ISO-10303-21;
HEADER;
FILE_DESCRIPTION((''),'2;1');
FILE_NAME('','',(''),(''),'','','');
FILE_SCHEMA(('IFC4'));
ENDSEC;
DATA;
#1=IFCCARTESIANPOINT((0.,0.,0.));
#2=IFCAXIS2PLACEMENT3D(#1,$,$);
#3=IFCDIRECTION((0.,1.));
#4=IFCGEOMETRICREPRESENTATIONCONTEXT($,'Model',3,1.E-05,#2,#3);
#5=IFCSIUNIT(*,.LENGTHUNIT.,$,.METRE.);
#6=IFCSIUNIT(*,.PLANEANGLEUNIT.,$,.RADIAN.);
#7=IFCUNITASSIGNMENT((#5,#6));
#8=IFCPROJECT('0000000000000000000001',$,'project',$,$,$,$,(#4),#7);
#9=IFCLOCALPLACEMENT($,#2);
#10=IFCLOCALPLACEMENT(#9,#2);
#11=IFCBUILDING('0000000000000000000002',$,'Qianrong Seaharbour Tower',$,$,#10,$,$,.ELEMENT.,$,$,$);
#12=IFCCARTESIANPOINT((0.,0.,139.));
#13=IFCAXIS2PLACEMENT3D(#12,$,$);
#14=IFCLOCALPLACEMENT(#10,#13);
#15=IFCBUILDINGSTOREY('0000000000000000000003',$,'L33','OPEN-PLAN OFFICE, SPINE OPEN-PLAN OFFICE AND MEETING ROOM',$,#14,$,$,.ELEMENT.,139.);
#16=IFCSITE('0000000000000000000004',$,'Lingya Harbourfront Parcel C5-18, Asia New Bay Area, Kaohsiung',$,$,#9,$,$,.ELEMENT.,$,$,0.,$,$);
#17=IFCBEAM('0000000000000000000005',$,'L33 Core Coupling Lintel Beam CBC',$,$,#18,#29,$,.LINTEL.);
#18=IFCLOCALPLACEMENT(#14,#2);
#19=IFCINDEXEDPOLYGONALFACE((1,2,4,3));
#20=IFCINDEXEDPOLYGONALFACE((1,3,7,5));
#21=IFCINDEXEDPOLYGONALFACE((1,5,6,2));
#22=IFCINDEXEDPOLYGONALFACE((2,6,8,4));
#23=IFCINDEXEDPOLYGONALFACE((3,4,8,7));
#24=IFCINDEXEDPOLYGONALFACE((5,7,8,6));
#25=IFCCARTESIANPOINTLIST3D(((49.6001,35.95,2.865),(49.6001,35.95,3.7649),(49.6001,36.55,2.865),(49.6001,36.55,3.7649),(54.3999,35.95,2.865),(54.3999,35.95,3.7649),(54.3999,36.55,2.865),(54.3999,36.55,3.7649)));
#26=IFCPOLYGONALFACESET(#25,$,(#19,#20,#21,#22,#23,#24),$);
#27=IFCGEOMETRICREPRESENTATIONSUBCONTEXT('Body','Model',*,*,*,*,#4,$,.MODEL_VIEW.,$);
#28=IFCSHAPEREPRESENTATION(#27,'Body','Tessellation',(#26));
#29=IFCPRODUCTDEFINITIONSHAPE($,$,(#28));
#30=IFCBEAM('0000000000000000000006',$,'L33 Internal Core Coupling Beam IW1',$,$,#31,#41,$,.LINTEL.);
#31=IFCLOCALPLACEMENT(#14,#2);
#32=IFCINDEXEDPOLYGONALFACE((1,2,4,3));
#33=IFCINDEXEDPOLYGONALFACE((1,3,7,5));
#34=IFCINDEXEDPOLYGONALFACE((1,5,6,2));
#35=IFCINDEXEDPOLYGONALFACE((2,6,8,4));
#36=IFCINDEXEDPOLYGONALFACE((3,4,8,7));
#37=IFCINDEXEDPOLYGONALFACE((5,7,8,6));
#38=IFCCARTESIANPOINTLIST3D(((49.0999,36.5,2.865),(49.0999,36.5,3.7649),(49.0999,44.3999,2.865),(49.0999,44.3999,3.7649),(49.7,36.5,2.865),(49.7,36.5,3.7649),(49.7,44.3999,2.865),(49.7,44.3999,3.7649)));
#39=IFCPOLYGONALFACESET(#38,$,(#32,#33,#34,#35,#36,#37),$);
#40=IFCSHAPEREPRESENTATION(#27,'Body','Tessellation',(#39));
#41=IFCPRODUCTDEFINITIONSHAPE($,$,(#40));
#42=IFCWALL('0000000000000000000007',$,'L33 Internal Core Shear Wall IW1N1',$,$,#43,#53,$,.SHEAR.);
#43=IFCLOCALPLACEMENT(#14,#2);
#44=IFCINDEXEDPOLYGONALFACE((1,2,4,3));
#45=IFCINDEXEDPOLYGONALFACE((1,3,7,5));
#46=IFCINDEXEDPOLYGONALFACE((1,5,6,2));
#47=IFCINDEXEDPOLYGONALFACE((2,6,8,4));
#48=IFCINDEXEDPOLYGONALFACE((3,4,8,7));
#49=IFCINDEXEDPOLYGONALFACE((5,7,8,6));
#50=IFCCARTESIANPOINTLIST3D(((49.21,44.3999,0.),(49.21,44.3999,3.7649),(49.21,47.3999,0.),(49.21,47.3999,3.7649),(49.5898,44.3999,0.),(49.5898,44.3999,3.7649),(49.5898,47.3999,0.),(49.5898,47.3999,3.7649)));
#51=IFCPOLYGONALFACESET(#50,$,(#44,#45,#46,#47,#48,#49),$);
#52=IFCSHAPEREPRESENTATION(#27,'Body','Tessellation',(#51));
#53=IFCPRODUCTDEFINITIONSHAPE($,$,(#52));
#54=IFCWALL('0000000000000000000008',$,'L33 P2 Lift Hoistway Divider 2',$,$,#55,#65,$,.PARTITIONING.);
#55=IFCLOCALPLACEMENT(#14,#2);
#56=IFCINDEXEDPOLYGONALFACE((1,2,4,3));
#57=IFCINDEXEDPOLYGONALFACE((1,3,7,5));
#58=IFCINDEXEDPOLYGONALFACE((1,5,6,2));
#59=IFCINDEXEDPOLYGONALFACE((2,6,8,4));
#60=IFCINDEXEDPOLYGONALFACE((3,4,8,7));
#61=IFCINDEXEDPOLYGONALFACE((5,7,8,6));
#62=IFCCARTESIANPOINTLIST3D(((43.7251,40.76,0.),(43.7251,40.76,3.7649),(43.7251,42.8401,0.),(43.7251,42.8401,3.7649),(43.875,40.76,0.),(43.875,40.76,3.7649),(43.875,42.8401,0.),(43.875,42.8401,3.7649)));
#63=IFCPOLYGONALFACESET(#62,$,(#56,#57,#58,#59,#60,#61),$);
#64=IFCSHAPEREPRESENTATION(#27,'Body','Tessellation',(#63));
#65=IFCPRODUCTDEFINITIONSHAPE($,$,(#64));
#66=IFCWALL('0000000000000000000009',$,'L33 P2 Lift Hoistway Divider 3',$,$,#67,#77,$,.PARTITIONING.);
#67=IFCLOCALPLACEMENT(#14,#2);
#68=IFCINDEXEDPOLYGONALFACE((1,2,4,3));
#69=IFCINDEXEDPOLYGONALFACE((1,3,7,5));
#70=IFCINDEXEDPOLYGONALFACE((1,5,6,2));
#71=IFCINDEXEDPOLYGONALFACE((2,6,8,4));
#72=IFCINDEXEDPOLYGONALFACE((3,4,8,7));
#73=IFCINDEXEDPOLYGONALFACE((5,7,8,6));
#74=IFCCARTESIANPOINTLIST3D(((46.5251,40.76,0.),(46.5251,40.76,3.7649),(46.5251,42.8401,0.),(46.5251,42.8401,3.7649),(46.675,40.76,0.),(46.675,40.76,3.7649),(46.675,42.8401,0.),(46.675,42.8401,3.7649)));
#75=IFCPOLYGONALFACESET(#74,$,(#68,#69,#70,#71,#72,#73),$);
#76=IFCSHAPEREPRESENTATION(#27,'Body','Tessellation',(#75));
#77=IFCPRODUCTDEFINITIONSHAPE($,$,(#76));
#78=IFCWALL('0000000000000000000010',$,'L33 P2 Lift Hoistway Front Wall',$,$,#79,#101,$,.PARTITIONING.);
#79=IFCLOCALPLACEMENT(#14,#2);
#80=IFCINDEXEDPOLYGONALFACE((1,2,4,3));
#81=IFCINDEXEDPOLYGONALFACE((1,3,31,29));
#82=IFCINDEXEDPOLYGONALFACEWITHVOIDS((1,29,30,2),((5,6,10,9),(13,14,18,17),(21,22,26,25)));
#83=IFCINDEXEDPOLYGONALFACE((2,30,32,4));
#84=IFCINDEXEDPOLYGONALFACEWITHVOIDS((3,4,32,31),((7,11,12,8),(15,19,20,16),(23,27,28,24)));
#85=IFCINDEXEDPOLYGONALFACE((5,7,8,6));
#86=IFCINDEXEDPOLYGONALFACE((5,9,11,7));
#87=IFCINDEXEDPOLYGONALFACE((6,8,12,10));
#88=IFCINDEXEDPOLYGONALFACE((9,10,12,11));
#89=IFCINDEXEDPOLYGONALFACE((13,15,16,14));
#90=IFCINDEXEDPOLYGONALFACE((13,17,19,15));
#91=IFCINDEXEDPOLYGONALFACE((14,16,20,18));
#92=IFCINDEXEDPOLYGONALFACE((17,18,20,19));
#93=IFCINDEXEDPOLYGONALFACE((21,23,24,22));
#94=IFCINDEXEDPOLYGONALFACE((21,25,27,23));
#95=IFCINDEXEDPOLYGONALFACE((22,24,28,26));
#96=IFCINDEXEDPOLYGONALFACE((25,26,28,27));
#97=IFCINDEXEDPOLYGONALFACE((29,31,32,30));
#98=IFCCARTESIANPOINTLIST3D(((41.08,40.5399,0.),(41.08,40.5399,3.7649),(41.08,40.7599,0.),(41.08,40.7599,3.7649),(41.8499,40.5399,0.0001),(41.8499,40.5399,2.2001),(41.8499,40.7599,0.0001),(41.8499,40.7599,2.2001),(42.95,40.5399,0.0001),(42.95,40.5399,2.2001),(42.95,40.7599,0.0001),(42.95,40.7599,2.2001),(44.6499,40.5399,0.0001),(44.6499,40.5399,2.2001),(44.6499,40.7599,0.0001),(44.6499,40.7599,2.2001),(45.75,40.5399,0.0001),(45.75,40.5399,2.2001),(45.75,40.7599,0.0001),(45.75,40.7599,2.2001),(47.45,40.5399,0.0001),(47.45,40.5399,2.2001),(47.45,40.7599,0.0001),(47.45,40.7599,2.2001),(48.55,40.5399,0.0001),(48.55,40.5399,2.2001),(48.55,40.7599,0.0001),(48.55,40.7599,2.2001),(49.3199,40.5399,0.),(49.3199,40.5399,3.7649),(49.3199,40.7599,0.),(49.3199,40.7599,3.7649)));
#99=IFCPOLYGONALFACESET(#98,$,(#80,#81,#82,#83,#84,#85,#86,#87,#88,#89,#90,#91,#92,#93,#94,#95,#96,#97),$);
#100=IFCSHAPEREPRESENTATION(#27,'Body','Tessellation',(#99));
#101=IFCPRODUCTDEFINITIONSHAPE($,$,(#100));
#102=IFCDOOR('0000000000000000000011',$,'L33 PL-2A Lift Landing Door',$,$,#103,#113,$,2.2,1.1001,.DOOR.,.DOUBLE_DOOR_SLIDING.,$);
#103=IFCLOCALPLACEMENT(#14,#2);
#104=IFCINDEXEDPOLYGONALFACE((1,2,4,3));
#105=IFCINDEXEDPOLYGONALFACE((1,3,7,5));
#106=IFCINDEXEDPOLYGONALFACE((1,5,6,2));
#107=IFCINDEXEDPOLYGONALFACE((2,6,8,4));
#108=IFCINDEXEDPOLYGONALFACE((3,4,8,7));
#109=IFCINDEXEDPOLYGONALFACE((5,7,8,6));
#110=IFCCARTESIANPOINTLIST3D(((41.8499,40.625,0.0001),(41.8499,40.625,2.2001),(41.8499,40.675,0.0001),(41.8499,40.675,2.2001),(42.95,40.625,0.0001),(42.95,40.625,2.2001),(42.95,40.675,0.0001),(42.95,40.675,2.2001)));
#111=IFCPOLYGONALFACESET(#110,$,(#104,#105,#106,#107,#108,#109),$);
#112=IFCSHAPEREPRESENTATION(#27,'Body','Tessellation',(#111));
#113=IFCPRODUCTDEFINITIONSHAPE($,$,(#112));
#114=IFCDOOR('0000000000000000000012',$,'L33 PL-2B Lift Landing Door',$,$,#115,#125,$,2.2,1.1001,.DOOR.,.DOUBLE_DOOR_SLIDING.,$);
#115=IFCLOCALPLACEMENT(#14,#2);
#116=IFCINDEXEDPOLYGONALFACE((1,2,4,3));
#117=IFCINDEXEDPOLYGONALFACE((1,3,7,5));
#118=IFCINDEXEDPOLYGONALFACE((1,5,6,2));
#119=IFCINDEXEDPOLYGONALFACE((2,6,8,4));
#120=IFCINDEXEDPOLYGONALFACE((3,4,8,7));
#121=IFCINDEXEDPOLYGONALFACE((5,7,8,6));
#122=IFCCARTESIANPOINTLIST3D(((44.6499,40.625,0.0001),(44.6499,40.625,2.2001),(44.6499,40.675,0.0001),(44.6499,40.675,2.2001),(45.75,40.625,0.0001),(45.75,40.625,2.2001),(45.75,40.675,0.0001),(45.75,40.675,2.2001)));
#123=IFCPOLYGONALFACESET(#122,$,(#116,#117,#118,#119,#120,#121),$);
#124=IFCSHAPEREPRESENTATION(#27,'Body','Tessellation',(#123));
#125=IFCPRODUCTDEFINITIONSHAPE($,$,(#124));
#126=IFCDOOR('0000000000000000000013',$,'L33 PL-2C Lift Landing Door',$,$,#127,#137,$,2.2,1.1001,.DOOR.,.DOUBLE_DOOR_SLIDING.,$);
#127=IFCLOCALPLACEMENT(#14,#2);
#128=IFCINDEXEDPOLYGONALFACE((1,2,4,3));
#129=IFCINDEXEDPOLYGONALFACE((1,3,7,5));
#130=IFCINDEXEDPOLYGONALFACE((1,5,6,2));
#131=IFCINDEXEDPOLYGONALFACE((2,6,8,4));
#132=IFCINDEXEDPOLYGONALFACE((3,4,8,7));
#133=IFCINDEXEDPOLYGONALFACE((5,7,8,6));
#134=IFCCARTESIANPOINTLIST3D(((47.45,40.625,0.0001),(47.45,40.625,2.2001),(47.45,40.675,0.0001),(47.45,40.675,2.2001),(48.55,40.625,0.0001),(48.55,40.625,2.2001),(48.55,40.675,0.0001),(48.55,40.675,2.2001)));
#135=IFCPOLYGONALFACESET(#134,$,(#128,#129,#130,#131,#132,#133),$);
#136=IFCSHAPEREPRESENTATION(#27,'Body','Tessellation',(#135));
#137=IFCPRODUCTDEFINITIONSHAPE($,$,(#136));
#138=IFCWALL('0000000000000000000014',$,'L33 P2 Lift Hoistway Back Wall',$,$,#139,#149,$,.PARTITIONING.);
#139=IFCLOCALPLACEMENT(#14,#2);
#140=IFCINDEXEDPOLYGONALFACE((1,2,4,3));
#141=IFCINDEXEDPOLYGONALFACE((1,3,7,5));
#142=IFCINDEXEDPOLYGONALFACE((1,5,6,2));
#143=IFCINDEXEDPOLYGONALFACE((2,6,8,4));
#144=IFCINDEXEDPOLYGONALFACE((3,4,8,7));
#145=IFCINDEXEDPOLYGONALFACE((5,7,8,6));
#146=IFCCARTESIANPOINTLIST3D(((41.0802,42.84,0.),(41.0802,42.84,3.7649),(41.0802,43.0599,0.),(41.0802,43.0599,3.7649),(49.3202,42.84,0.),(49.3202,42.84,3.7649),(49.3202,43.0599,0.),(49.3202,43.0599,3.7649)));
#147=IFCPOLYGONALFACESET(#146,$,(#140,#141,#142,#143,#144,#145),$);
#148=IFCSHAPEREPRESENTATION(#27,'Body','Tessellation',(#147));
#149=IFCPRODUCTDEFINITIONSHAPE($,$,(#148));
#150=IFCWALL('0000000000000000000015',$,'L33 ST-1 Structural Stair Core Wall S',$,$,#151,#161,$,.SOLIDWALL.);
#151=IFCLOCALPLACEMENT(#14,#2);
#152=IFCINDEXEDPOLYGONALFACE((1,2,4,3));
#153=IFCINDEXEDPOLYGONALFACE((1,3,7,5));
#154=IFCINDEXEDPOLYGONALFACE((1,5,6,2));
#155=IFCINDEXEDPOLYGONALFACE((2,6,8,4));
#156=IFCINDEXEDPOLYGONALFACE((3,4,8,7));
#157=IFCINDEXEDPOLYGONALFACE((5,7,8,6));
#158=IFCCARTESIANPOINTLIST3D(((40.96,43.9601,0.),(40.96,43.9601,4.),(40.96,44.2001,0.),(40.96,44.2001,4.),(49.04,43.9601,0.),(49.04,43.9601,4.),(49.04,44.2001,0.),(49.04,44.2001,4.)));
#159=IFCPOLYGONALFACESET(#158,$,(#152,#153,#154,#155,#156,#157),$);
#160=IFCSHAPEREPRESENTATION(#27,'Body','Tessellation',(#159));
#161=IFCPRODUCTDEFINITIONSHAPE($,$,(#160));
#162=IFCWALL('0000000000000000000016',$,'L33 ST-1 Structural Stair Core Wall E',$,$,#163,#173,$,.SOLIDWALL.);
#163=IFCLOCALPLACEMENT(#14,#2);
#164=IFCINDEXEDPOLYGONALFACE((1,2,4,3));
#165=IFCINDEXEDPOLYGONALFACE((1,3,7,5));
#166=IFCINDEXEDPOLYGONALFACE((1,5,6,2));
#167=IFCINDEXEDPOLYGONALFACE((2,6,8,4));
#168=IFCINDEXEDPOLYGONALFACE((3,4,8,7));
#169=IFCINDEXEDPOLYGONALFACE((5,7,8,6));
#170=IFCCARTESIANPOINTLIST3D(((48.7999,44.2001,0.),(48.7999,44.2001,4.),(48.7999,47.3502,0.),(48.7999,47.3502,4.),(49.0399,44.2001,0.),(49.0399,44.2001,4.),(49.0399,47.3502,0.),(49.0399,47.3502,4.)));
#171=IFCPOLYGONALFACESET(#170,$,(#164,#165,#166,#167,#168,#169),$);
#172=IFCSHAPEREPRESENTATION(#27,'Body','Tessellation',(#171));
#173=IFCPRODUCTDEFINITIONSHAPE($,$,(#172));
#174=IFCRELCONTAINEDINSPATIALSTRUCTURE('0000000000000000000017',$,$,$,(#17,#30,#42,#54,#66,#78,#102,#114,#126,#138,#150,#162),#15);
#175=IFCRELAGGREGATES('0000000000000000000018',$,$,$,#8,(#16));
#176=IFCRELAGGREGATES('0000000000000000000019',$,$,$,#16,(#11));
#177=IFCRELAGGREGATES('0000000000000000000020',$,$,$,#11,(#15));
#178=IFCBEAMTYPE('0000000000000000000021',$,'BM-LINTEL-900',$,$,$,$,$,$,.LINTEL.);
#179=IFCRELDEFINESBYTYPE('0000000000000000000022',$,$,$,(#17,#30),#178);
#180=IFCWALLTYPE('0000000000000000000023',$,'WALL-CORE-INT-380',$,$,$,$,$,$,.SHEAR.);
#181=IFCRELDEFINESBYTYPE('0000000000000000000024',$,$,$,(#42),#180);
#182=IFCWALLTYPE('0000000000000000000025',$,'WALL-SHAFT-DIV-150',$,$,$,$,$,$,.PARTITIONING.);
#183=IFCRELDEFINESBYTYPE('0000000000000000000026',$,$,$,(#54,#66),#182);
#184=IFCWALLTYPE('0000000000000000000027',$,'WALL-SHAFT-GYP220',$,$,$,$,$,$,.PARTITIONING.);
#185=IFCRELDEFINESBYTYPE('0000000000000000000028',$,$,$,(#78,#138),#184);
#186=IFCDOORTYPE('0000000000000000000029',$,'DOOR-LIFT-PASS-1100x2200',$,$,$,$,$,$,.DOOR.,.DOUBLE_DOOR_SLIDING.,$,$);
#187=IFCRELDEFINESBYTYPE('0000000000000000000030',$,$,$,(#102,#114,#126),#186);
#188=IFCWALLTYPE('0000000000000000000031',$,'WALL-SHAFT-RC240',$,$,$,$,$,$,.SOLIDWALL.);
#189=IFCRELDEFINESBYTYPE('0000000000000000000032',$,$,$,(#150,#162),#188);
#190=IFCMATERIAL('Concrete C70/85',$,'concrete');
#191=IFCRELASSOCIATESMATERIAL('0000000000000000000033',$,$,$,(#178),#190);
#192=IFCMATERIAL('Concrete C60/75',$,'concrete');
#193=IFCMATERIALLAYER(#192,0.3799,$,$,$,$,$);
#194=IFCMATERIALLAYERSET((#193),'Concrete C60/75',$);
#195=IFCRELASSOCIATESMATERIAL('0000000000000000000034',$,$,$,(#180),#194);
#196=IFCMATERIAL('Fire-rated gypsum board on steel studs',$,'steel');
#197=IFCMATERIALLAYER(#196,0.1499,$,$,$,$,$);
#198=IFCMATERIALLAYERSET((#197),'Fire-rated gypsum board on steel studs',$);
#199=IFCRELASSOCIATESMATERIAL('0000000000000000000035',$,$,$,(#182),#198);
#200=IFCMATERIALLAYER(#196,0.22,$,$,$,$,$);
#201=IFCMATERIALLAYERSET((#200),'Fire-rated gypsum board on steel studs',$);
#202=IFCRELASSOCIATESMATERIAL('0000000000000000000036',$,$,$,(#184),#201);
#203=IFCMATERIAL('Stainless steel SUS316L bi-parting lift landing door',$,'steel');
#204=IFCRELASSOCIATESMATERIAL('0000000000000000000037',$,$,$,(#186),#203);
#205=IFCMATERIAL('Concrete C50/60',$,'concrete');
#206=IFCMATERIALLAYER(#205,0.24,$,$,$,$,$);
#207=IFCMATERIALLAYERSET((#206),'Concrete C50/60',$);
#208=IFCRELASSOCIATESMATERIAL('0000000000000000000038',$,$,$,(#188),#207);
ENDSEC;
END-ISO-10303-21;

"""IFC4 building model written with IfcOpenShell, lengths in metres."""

from ifc_helpers import new_model, si_unit, direction, frame, frame_2d, origin, origin_2d, place, context, subcontext, project, spatial, rectangle, extrude, material, layer, layer_set, material_profile, profile_set, type_object, element, fill, save


model = new_model("IFC4")

# Units and contexts
model_context = context("Model", 3, precision=1e-05, world=origin(), true_north=direction((0.0, 1.0)))
body_context = subcontext(model_context, "Body", "Model", "MODEL_VIEW")
ifc_project = project(units=[si_unit("LENGTHUNIT", "METRE"), si_unit("PLANEANGLEUNIT", "RADIAN")], contexts=[model_context])

# Site, building, storey
site_placement = place(None, origin())
site = spatial("IfcSite", under=ifc_project, at=site_placement, Name="Lingya Harbourfront Parcel C5-18, Asia New Bay Area, Kaohsiung", CompositionType="ELEMENT", RefElevation=0.0)
building_placement = place(site_placement, origin())
building = spatial("IfcBuilding", under=site, at=building_placement, Name="Qianrong Seaharbour Tower", CompositionType="ELEMENT")
storey_placement = place(building_placement, frame((0.0, 0.0, 139.0)))
storey = spatial("IfcBuildingStorey", under=building, at=storey_placement, Name="L33", Description="OPEN-PLAN OFFICE, SPINE OPEN-PLAN OFFICE AND MEETING ROOM", CompositionType="ELEMENT", Elevation=139.0)

# Beams
ifc_material_1 = material(Name="Concrete C70/85", Category="concrete")
ifc_material_profile = material_profile(ifc_material_1, rectangle(XDim=0.6001, YDim=0.8999, at=origin_2d()), Name="RC600x900")
ifc_profile_set = profile_set([ifc_material_profile], Name="Concrete C70/85")
beam_type = type_object("IfcBeamType", Name="BM-LINTEL-900", PredefinedType="LINTEL", material=ifc_profile_set)
beam_1_placement = place(storey_placement, frame((49.6001, 36.25, 3.3149), z_axis=(1.0, 0.0, 0.0), x_axis=(0.0, 1.0, 0.0)))
element("IfcBeam", 1, at=beam_1_placement, inside=storey, type_object=beam_type, Name="L33 Core Coupling Lintel Beam CBC", PredefinedType="LINTEL", context=body_context, shape_type="SweptSolid", body=[
    extrude(rectangle(XDim=0.6001, YDim=0.8999, at=origin_2d()), origin(), (0.0, 0.0, 1.0), 4.7998),
])
beam_2_placement = place(storey_placement, frame((49.3999, 36.5, 3.3149), z_axis=(0.0, 1.0, 0.0), x_axis=(-1.0, 0.0, 0.0)))
element("IfcBeam", 2, at=beam_2_placement, inside=storey, type_object=beam_type, Name="L33 Internal Core Coupling Beam IW1", PredefinedType="LINTEL", context=body_context, shape_type="SweptSolid", body=[
    extrude(rectangle(XDim=0.6001, YDim=0.8999, at=origin_2d()), origin(), (0.0, 0.0, 1.0), 7.8999),
])

# Walls
ifc_material_2 = material(Name="Concrete C60/75", Category="concrete")
ifc_layer_1 = layer(ifc_material_2, 0.3799)
ifc_layer_set_1 = layer_set([ifc_layer_1], Name="Concrete C60/75")
wall_type_1 = type_object("IfcWallType", Name="WALL-CORE-INT-380", PredefinedType="SHEAR", material=ifc_layer_set_1)
wall_1_placement = place(storey_placement, frame((49.3999, 44.3999, 0.0), z_axis=(0.0, 0.0, 1.0), x_axis=(0.0, 1.0, 0.0)))
element("IfcWall", 3, at=wall_1_placement, inside=storey, type_object=wall_type_1, Name="L33 Internal Core Shear Wall IW1N1", PredefinedType="SHEAR", context=body_context, shape_type="SweptSolid", body=[
    extrude(rectangle(XDim=3.0, YDim=0.3799, at=frame_2d((1.5, 0.0))), origin(), (0.0, 0.0, 1.0), 3.7649),
])
ifc_material_3 = material(Name="Fire-rated gypsum board on steel studs", Category="steel")
ifc_layer_2 = layer(ifc_material_3, 0.1499)
ifc_layer_set_2 = layer_set([ifc_layer_2], Name="Fire-rated gypsum board on steel studs")
wall_type_2 = type_object("IfcWallType", Name="WALL-SHAFT-DIV-150", PredefinedType="PARTITIONING", material=ifc_layer_set_2)
for number, where, z_axis, x_axis, name in (
    (4, (43.8, 40.76, 0.0), (0.0, 0.0, 1.0), (0.0, 1.0, 0.0), "L33 P2 Lift Hoistway Divider 2"),
    (5, (46.6001, 40.76, 0.0), (0.0, 0.0, 1.0), (0.0, 1.0, 0.0), "L33 P2 Lift Hoistway Divider 3"),
):
    element("IfcWall", number, at=place(storey_placement, frame(where, z_axis=z_axis, x_axis=x_axis)), inside=storey, type_object=wall_type_2, Name=name, PredefinedType="PARTITIONING", context=body_context, shape_type="SweptSolid", body=[
        extrude(rectangle(XDim=2.0801, YDim=0.1499, at=frame_2d((1.04, 0.0))), origin(), (0.0, 0.0, 1.0), 3.7649),
    ])

# Wall, openings, doors
ifc_layer_3 = layer(ifc_material_3, 0.22)
ifc_layer_set_3 = layer_set([ifc_layer_3], Name="Fire-rated gypsum board on steel studs")
wall_type_3 = type_object("IfcWallType", Name="WALL-SHAFT-GYP220", PredefinedType="PARTITIONING", material=ifc_layer_set_3)
wall_2_placement = place(storey_placement, frame((49.3201, 40.6499, 0.0), z_axis=(0.0, 0.0, 1.0), x_axis=(-1.0, 0.0, 0.0)))
wall_2 = element("IfcWall", 6, at=wall_2_placement, inside=storey, type_object=wall_type_3, Name="L33 P2 Lift Hoistway Front Wall", PredefinedType="PARTITIONING", context=body_context, shape_type="SweptSolid", body=[
    extrude(rectangle(XDim=8.24, YDim=0.22, at=frame_2d((4.1201, 0.0))), origin(), (0.0, 0.0, 1.0), 3.7649),
])
opening_1_placement = place(wall_2_placement, frame((6.3701, 0.0, 0.0)))
opening_1 = element("IfcOpeningElement", 7, at=opening_1_placement, cuts=wall_2, PredefinedType="OPENING", context=body_context, shape_type="SweptSolid", body=[
    extrude(rectangle(XDim=1.1001, YDim=2.2, at=frame_2d((0.55, 1.1001))), frame((0.0, 0.1201, 0.0), z_axis=(0.0, -1.0, 0.0), x_axis=(1.0, 0.0, 0.0)), (0.0, 0.0, 1.0), 0.24),
])
opening_2_placement = place(wall_2_placement, frame((3.5701, 0.0, 0.0)))
opening_2 = element("IfcOpeningElement", 8, at=opening_2_placement, cuts=wall_2, PredefinedType="OPENING", context=body_context, shape_type="SweptSolid", body=[
    extrude(rectangle(XDim=1.1001, YDim=2.2, at=frame_2d((0.55, 1.1001))), frame((0.0, 0.1201, 0.0), z_axis=(0.0, -1.0, 0.0), x_axis=(1.0, 0.0, 0.0)), (0.0, 0.0, 1.0), 0.24),
])
opening_3_placement = place(wall_2_placement, frame((0.77, 0.0, 0.0)))
opening_3 = element("IfcOpeningElement", 9, at=opening_3_placement, cuts=wall_2, PredefinedType="OPENING", context=body_context, shape_type="SweptSolid", body=[
    extrude(rectangle(XDim=1.1001, YDim=2.2, at=frame_2d((0.55, 1.1001))), frame((0.0, 0.1201, 0.0), z_axis=(0.0, -1.0, 0.0), x_axis=(1.0, 0.0, 0.0)), (0.0, 0.0, 1.0), 0.24),
])
ifc_material_4 = material(Name="Stainless steel SUS316L bi-parting lift landing door", Category="steel")
door_type = type_object("IfcDoorType", Name="DOOR-LIFT-PASS-1100x2200", OperationType="DOUBLE_DOOR_SLIDING", PredefinedType="DOOR", material=ifc_material_4)
door_1_placement = place(opening_1_placement, origin())
door_1 = element("IfcDoor", 10, at=door_1_placement, inside=storey, type_object=door_type, Name="L33 PL-2A Lift Landing Door", OperationType="DOUBLE_DOOR_SLIDING", OverallHeight=2.2, OverallWidth=1.1001, PredefinedType="DOOR", context=body_context, shape_type="SweptSolid", body=[
    extrude(rectangle(XDim=1.1001, YDim=2.2, at=frame_2d((0.55, 1.1001))), frame((0.0, 0.0249, 0.0), z_axis=(0.0, -1.0, 0.0), x_axis=(1.0, 0.0, 0.0)), (0.0, 0.0, 1.0), 0.05),
])
fill(opening_1, door_1)
door_2_placement = place(opening_2_placement, origin())
door_2 = element("IfcDoor", 11, at=door_2_placement, inside=storey, type_object=door_type, Name="L33 PL-2B Lift Landing Door", OperationType="DOUBLE_DOOR_SLIDING", OverallHeight=2.2, OverallWidth=1.1001, PredefinedType="DOOR", context=body_context, shape_type="SweptSolid", body=[
    extrude(rectangle(XDim=1.1001, YDim=2.2, at=frame_2d((0.55, 1.1001))), frame((0.0, 0.0249, 0.0), z_axis=(0.0, -1.0, 0.0), x_axis=(1.0, 0.0, 0.0)), (0.0, 0.0, 1.0), 0.05),
])
fill(opening_2, door_2)
door_3_placement = place(opening_3_placement, origin())
door_3 = element("IfcDoor", 12, at=door_3_placement, inside=storey, type_object=door_type, Name="L33 PL-2C Lift Landing Door", OperationType="DOUBLE_DOOR_SLIDING", OverallHeight=2.2, OverallWidth=1.1001, PredefinedType="DOOR", context=body_context, shape_type="SweptSolid", body=[
    extrude(rectangle(XDim=1.1001, YDim=2.2, at=frame_2d((0.55, 1.1001))), frame((0.0, 0.0249, 0.0), z_axis=(0.0, -1.0, 0.0), x_axis=(1.0, 0.0, 0.0)), (0.0, 0.0, 1.0), 0.05),
])
fill(opening_3, door_3)

# Walls
wall_3_placement = place(storey_placement, frame((41.0801, 42.95, 0.0), z_axis=(0.0, 0.0, 1.0), x_axis=(1.0, 0.0, 0.0)))
element("IfcWall", 13, at=wall_3_placement, inside=storey, type_object=wall_type_3, Name="L33 P2 Lift Hoistway Back Wall", PredefinedType="PARTITIONING", context=body_context, shape_type="SweptSolid", body=[
    extrude(rectangle(XDim=8.24, YDim=0.22, at=frame_2d((4.1201, 0.0))), origin(), (0.0, 0.0, 1.0), 3.7649),
])
ifc_material_5 = material(Name="Concrete C50/60", Category="concrete")
ifc_layer_4 = layer(ifc_material_5, 0.24)
ifc_layer_set_4 = layer_set([ifc_layer_4], Name="Concrete C50/60")
wall_type_4 = type_object("IfcWallType", Name="WALL-SHAFT-RC240", PredefinedType="SOLIDWALL", material=ifc_layer_set_4)
wall_4_placement = place(storey_placement, frame((49.04, 44.0801, 0.0), z_axis=(0.0, 0.0, 1.0), x_axis=(-1.0, 0.0, 0.0)))
element("IfcWall", 14, at=wall_4_placement, inside=storey, type_object=wall_type_4, Name="L33 ST-1 Structural Stair Core Wall S", PredefinedType="SOLIDWALL", context=body_context, shape_type="SweptSolid", body=[
    extrude(rectangle(XDim=8.0801, YDim=0.24, at=frame_2d((4.04, 0.0))), origin(), (0.0, 0.0, 1.0), 4.0),
])
wall_5_placement = place(storey_placement, frame((48.9199, 44.2, 0.0), z_axis=(0.0, 0.0, 1.0), x_axis=(0.0, 1.0, 0.0)))
element("IfcWall", 15, at=wall_5_placement, inside=storey, type_object=wall_type_4, Name="L33 ST-1 Structural Stair Core Wall E", PredefinedType="SOLIDWALL", context=body_context, shape_type="SweptSolid", body=[
    extrude(rectangle(XDim=3.1501, YDim=0.24, at=frame_2d((1.5752, 0.0))), origin(), (0.0, 0.0, 1.0), 4.0),
])

save(model, "model.ifc")
